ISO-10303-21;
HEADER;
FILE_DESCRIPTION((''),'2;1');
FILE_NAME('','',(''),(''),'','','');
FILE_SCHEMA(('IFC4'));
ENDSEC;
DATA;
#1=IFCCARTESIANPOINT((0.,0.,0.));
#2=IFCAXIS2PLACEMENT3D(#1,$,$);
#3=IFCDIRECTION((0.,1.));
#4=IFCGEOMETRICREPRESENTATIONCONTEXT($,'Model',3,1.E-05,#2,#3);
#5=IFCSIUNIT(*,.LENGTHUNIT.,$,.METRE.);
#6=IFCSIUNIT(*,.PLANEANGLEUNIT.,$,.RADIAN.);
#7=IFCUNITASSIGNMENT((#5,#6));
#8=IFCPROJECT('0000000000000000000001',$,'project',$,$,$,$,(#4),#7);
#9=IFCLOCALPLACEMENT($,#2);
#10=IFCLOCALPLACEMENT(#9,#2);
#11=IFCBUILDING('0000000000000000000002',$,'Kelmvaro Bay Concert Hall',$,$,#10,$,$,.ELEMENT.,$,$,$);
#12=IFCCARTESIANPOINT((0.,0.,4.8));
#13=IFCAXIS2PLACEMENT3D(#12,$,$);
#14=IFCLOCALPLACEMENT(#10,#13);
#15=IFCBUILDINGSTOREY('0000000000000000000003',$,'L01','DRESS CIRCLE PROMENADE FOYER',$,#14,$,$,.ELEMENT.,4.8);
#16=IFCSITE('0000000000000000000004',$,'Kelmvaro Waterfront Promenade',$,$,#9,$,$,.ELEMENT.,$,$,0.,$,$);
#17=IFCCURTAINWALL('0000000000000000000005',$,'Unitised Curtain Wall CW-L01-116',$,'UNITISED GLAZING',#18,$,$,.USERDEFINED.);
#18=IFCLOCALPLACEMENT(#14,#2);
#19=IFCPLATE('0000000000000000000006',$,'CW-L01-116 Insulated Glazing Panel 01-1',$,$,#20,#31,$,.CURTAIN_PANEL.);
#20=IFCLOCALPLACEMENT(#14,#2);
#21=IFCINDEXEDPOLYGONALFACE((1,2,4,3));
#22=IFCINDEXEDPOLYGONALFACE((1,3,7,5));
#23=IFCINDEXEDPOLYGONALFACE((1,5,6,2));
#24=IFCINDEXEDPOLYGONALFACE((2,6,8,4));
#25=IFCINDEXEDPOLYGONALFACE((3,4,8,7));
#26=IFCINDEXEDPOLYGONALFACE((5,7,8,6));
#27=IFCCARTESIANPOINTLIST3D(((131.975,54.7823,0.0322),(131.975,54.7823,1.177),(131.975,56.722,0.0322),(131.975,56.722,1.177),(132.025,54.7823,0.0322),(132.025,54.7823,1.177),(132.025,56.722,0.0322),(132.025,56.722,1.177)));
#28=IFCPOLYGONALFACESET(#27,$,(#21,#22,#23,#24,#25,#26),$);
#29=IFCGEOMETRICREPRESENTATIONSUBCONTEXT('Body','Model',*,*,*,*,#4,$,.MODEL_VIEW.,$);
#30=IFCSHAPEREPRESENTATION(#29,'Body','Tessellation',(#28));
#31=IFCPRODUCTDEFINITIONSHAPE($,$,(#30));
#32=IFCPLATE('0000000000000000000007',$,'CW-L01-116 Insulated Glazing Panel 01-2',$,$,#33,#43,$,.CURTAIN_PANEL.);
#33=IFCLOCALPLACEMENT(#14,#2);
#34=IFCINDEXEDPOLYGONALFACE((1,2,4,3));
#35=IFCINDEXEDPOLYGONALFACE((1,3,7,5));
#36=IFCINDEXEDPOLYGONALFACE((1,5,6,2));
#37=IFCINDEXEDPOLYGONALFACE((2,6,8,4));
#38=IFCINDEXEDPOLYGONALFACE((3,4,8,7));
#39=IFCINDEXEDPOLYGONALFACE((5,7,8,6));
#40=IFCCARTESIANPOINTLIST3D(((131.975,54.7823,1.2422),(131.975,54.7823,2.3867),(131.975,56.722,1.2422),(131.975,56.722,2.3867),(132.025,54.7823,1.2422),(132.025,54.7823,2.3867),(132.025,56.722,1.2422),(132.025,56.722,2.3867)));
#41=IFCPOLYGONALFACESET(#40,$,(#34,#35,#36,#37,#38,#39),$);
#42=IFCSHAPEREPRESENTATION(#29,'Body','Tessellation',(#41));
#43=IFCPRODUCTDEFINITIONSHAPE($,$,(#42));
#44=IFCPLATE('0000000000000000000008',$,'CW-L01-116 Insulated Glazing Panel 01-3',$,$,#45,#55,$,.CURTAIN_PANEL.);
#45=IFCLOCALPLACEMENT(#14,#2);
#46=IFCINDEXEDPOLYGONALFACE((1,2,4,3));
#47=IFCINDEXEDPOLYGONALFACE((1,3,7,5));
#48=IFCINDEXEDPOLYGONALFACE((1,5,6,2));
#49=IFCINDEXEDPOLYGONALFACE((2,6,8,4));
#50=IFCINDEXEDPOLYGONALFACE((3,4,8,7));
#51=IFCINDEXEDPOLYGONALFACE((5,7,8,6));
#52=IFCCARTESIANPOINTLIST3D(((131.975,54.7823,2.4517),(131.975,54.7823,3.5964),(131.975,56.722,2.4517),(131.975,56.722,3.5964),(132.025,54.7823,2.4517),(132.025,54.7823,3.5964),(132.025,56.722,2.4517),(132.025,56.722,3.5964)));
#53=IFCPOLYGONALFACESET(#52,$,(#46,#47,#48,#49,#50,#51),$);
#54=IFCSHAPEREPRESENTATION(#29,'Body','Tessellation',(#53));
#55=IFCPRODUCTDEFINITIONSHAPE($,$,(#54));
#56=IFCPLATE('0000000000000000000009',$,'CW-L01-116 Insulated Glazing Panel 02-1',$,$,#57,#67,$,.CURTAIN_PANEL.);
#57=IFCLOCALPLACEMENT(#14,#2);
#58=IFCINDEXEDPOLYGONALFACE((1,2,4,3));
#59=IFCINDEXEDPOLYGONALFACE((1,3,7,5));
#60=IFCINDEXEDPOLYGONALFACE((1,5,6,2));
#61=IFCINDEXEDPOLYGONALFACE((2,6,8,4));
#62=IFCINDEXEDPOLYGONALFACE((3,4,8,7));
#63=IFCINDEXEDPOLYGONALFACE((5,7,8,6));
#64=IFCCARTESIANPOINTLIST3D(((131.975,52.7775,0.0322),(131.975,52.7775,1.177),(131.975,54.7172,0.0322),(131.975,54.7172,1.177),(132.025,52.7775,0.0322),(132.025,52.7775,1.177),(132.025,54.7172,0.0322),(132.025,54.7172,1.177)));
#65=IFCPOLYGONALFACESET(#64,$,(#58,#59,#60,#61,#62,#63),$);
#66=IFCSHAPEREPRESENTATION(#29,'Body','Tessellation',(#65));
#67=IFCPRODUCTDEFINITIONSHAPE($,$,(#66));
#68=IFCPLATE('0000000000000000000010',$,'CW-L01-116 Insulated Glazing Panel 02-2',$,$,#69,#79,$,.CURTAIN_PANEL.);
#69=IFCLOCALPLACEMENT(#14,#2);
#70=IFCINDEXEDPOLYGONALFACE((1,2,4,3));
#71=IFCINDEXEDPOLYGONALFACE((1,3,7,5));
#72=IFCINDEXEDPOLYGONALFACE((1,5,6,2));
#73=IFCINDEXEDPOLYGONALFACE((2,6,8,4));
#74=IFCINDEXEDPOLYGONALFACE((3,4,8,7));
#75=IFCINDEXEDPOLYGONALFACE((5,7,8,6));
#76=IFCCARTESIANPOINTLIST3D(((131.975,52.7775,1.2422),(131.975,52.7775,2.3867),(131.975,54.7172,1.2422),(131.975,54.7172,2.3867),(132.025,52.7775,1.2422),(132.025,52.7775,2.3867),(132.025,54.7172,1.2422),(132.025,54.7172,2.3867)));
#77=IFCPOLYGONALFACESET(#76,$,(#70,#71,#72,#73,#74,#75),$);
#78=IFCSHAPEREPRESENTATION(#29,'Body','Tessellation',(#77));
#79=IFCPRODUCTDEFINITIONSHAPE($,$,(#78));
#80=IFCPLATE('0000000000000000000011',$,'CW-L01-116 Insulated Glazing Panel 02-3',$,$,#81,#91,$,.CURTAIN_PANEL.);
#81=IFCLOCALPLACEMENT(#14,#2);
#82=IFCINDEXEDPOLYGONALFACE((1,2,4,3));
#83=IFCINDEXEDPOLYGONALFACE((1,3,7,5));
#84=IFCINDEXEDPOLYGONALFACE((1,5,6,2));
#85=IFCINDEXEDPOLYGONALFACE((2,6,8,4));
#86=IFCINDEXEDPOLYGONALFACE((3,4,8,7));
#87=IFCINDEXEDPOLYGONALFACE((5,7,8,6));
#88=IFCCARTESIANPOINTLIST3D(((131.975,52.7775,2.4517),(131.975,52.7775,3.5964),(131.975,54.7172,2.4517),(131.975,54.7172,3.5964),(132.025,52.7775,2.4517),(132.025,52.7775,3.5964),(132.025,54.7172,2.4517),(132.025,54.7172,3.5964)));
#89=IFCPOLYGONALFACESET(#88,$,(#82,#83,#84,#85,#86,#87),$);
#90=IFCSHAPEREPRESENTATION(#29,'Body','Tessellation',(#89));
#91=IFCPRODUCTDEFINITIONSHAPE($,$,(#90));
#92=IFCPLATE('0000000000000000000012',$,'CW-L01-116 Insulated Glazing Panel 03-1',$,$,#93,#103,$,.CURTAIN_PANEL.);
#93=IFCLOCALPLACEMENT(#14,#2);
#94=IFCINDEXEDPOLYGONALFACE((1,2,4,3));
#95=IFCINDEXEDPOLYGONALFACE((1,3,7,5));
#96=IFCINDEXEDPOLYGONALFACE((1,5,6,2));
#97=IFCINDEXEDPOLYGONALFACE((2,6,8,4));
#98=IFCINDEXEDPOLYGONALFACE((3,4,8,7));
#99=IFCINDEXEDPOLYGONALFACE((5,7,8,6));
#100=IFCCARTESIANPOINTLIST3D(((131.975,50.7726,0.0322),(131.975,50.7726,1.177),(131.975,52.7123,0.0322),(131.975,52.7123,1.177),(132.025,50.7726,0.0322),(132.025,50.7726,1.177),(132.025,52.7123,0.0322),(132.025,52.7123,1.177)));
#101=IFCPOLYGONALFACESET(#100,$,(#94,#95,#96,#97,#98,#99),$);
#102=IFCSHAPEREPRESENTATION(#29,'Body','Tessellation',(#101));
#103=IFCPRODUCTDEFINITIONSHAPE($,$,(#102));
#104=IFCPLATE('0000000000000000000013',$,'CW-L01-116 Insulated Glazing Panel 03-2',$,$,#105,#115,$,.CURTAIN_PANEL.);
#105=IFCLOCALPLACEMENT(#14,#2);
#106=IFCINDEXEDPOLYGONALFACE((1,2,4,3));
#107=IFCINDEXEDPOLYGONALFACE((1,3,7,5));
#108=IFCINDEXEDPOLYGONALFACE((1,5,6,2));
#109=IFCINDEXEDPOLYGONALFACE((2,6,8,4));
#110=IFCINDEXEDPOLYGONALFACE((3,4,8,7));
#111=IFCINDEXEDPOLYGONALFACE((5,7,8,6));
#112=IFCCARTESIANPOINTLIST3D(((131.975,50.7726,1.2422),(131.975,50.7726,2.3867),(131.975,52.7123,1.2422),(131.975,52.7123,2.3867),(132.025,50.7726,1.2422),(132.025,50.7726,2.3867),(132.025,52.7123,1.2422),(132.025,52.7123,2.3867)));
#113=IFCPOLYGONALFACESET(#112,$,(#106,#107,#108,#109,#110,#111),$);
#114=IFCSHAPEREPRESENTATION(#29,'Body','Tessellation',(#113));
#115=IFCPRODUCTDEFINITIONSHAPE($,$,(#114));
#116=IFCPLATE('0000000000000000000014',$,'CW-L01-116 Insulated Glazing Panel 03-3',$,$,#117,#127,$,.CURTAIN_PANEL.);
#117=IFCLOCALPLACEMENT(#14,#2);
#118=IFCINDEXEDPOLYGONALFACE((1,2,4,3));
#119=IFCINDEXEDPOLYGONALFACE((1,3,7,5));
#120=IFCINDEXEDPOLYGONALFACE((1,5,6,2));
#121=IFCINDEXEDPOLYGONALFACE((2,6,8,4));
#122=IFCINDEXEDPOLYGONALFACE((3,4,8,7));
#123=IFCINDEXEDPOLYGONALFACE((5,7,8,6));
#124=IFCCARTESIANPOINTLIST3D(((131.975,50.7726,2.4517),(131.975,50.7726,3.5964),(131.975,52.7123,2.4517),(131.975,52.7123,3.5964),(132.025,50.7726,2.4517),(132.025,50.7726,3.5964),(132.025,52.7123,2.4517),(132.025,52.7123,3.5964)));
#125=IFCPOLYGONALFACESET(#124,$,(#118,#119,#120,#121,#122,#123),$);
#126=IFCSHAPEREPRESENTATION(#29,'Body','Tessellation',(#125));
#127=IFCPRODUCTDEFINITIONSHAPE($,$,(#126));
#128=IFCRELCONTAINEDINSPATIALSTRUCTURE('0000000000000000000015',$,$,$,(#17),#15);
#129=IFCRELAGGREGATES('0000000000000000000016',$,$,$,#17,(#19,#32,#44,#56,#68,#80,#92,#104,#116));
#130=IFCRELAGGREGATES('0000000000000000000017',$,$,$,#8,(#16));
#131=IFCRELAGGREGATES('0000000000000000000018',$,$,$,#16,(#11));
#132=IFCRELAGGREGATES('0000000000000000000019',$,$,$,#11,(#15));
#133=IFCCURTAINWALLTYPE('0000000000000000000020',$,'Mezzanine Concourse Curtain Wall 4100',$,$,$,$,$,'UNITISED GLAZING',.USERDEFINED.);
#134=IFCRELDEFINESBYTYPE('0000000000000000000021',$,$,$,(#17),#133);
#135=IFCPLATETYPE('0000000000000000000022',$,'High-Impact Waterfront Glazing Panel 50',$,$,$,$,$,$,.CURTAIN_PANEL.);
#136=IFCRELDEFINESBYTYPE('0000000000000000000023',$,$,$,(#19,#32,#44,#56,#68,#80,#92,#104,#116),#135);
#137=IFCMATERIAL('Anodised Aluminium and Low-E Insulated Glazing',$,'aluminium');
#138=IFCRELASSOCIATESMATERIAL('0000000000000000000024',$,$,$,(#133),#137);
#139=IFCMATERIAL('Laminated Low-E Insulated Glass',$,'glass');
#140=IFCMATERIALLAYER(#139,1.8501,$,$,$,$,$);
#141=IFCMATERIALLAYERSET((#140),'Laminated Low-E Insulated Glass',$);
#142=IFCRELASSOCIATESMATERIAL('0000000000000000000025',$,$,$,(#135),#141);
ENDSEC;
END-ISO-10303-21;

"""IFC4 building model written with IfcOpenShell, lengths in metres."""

from ifc_helpers import new_model, si_unit, direction, frame, origin, origin_2d, place, context, subcontext, project, spatial, rectangle, extrude, material, layer, layer_set, type_object, element, aggregate, save


model = new_model("IFC4")

# Units and contexts
model_context = context("Model", 3, precision=1e-05, world=origin(), true_north=direction((0.0, 1.0)))
body_context = subcontext(model_context, "Body", "Model", "MODEL_VIEW")
ifc_project = project(units=[si_unit("LENGTHUNIT", "METRE"), si_unit("PLANEANGLEUNIT", "RADIAN")], contexts=[model_context])

# Site, building, storey
site_placement = place(None, origin())
site = spatial("IfcSite", under=ifc_project, at=site_placement, Name="Kelmvaro Waterfront Promenade", CompositionType="ELEMENT", RefElevation=0.0)
building_placement = place(site_placement, origin())
building = spatial("IfcBuilding", under=site, at=building_placement, Name="Kelmvaro Bay Concert Hall", CompositionType="ELEMENT")
storey_placement = place(building_placement, frame((0.0, 0.0, 4.8)))
storey = spatial("IfcBuildingStorey", under=building, at=storey_placement, Name="L01", Description="DRESS CIRCLE PROMENADE FOYER", CompositionType="ELEMENT", Elevation=4.8)

# Curtain wall
ifc_material_1 = material(Name="Anodised Aluminium and Low-E Insulated Glazing", Category="aluminium")
curtain_wall_type = type_object("IfcCurtainWallType", Name="Mezzanine Concourse Curtain Wall 4100", ElementType="UNITISED GLAZING", PredefinedType="USERDEFINED", material=ifc_material_1)
curtain_wall_1_placement = place(storey_placement, origin())
curtain_wall_1 = element("IfcCurtainWall", 1, at=curtain_wall_1_placement, inside=storey, type_object=curtain_wall_type, Name="Unitised Curtain Wall CW-L01-116", ObjectType="UNITISED GLAZING", PredefinedType="USERDEFINED")

# Plates
ifc_material_2 = material(Name="Laminated Low-E Insulated Glass", Category="glass")
ifc_layer = layer(ifc_material_2, 1.8501)
ifc_layer_set = layer_set([ifc_layer], Name="Laminated Low-E Insulated Glass")
plate_type = type_object("IfcPlateType", Name="High-Impact Waterfront Glazing Panel 50", PredefinedType="CURTAIN_PANEL", material=ifc_layer_set)
plate_1_placement = place(storey_placement, frame((132.0, 55.7522, 0.0322), z_axis=(0.0, 0.0, 1.0), x_axis=(0.0, -1.0, 0.0)))
plate_1 = element("IfcPlate", 2, at=plate_1_placement, type_object=plate_type, Name="CW-L01-116 Insulated Glazing Panel 01-1", PredefinedType="CURTAIN_PANEL", context=body_context, shape_type="SweptSolid", body=[
    extrude(rectangle(XDim=1.9397, YDim=0.05, at=origin_2d()), origin(), (0.0, 0.0, 1.0), 1.1448),
])
plate_2_placement = place(storey_placement, frame((132.0, 55.7522, 1.2422), z_axis=(0.0, 0.0, 1.0), x_axis=(0.0, -1.0, 0.0)))
plate_2 = element("IfcPlate", 3, at=plate_2_placement, type_object=plate_type, Name="CW-L01-116 Insulated Glazing Panel 01-2", PredefinedType="CURTAIN_PANEL", context=body_context, shape_type="SweptSolid", body=[
    extrude(rectangle(XDim=1.9397, YDim=0.05, at=origin_2d()), origin(), (0.0, 0.0, 1.0), 1.1445),
])
plate_3_placement = place(storey_placement, frame((132.0, 55.7522, 2.4517), z_axis=(0.0, 0.0, 1.0), x_axis=(0.0, -1.0, 0.0)))
plate_3 = element("IfcPlate", 4, at=plate_3_placement, type_object=plate_type, Name="CW-L01-116 Insulated Glazing Panel 01-3", PredefinedType="CURTAIN_PANEL", context=body_context, shape_type="SweptSolid", body=[
    extrude(rectangle(XDim=1.9397, YDim=0.05, at=origin_2d()), origin(), (0.0, 0.0, 1.0), 1.1448),
])
plate_4_placement = place(storey_placement, frame((132.0, 53.7473, 0.0322), z_axis=(0.0, 0.0, 1.0), x_axis=(0.0, -1.0, 0.0)))
plate_4 = element("IfcPlate", 5, at=plate_4_placement, type_object=plate_type, Name="CW-L01-116 Insulated Glazing Panel 02-1", PredefinedType="CURTAIN_PANEL", context=body_context, shape_type="SweptSolid", body=[
    extrude(rectangle(XDim=1.9397, YDim=0.05, at=origin_2d()), origin(), (0.0, 0.0, 1.0), 1.1448),
])
plate_5_placement = place(storey_placement, frame((132.0, 53.7473, 1.2422), z_axis=(0.0, 0.0, 1.0), x_axis=(0.0, -1.0, 0.0)))
plate_5 = element("IfcPlate", 6, at=plate_5_placement, type_object=plate_type, Name="CW-L01-116 Insulated Glazing Panel 02-2", PredefinedType="CURTAIN_PANEL", context=body_context, shape_type="SweptSolid", body=[
    extrude(rectangle(XDim=1.9397, YDim=0.05, at=origin_2d()), origin(), (0.0, 0.0, 1.0), 1.1445),
])
plate_6_placement = place(storey_placement, frame((132.0, 53.7473, 2.4517), z_axis=(0.0, 0.0, 1.0), x_axis=(0.0, -1.0, 0.0)))
plate_6 = element("IfcPlate", 7, at=plate_6_placement, type_object=plate_type, Name="CW-L01-116 Insulated Glazing Panel 02-3", PredefinedType="CURTAIN_PANEL", context=body_context, shape_type="SweptSolid", body=[
    extrude(rectangle(XDim=1.9397, YDim=0.05, at=origin_2d()), origin(), (0.0, 0.0, 1.0), 1.1448),
])
plate_7_placement = place(storey_placement, frame((132.0, 51.7424, 0.0322), z_axis=(0.0, 0.0, 1.0), x_axis=(0.0, -1.0, 0.0)))
plate_7 = element("IfcPlate", 8, at=plate_7_placement, type_object=plate_type, Name="CW-L01-116 Insulated Glazing Panel 03-1", PredefinedType="CURTAIN_PANEL", context=body_context, shape_type="SweptSolid", body=[
    extrude(rectangle(XDim=1.9397, YDim=0.05, at=origin_2d()), origin(), (0.0, 0.0, 1.0), 1.1448),
])
plate_8_placement = place(storey_placement, frame((132.0, 51.7424, 1.2422), z_axis=(0.0, 0.0, 1.0), x_axis=(0.0, -1.0, 0.0)))
plate_8 = element("IfcPlate", 9, at=plate_8_placement, type_object=plate_type, Name="CW-L01-116 Insulated Glazing Panel 03-2", PredefinedType="CURTAIN_PANEL", context=body_context, shape_type="SweptSolid", body=[
    extrude(rectangle(XDim=1.9397, YDim=0.05, at=origin_2d()), origin(), (0.0, 0.0, 1.0), 1.1445),
])
plate_9_placement = place(storey_placement, frame((132.0, 51.7424, 2.4517), z_axis=(0.0, 0.0, 1.0), x_axis=(0.0, -1.0, 0.0)))
plate_9 = element("IfcPlate", 10, at=plate_9_placement, type_object=plate_type, Name="CW-L01-116 Insulated Glazing Panel 03-3", PredefinedType="CURTAIN_PANEL", context=body_context, shape_type="SweptSolid", body=[
    extrude(rectangle(XDim=1.9397, YDim=0.05, at=origin_2d()), origin(), (0.0, 0.0, 1.0), 1.1448),
])
aggregate(curtain_wall_1, [plate_1, plate_2, plate_3, plate_4, plate_5, plate_6, plate_7, plate_8, plate_9])

save(model, "model.ifc")
